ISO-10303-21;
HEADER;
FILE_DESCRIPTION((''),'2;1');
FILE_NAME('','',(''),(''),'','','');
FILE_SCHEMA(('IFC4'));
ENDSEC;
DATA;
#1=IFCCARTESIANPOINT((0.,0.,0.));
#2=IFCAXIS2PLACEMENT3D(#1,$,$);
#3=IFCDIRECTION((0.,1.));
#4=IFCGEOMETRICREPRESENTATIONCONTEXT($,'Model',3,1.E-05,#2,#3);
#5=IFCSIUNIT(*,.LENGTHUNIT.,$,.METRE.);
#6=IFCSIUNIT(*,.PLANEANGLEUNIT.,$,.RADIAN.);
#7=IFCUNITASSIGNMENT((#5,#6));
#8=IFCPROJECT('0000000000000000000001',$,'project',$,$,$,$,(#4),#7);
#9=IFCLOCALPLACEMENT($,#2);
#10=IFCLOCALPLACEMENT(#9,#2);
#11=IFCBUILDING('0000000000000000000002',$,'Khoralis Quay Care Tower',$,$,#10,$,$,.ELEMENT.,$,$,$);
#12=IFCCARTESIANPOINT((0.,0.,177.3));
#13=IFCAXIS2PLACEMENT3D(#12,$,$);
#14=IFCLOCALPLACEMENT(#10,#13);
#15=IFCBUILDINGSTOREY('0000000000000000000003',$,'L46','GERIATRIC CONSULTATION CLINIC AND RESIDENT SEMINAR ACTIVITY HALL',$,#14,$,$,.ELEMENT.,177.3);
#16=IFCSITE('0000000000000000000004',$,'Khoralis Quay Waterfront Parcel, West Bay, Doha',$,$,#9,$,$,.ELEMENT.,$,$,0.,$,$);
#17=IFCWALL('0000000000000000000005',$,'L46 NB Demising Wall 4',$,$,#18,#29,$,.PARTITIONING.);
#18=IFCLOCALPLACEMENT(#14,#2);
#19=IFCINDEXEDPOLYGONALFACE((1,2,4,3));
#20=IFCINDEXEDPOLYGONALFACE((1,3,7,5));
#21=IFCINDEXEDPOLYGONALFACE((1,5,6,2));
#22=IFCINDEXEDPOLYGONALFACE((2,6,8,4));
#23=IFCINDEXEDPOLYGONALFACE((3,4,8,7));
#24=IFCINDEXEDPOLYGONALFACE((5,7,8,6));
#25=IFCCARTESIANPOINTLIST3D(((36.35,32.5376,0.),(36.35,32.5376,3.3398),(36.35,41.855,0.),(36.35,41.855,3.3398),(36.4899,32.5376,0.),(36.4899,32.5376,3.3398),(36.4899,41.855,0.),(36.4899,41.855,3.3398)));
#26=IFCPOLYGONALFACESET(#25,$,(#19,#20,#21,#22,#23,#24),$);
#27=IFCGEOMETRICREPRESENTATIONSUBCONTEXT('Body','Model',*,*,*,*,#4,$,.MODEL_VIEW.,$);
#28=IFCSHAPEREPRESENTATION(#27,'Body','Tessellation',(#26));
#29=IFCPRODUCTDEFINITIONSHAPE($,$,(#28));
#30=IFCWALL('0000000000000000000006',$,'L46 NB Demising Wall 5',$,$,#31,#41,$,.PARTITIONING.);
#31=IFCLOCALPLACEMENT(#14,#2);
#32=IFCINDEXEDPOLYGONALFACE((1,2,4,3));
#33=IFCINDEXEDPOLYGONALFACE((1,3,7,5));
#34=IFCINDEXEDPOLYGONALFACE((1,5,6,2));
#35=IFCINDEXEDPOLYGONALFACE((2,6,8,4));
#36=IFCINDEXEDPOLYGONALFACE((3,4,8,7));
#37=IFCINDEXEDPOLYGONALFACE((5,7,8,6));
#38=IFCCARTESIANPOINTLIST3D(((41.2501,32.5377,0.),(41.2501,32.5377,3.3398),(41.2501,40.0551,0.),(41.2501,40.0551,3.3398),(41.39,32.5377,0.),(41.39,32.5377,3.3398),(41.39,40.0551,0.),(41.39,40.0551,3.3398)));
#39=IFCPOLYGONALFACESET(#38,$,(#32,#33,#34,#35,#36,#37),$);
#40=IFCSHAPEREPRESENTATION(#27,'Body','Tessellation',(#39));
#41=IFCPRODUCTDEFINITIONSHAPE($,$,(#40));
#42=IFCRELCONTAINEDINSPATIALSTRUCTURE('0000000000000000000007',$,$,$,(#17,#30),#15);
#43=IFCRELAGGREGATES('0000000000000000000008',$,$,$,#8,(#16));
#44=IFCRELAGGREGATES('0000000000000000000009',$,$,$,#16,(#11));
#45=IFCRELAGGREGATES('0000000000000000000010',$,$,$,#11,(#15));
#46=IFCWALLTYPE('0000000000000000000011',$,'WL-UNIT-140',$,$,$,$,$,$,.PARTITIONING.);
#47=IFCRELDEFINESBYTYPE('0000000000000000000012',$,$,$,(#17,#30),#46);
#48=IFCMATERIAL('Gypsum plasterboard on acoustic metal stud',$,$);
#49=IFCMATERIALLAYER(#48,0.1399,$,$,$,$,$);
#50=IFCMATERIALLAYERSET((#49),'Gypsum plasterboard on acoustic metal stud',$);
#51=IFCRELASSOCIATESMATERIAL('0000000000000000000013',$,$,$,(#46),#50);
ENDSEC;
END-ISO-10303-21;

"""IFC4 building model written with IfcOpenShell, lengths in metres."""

from ifc_helpers import new_model, si_unit, direction, frame, frame_2d, origin, place, context, subcontext, project, spatial, rectangle, extrude, material, layer, layer_set, type_object, element, save


model = new_model("IFC4")

# Units and contexts
model_context = context("Model", 3, precision=1e-05, world=origin(), true_north=direction((0.0, 1.0)))
body_context = subcontext(model_context, "Body", "Model", "MODEL_VIEW")
ifc_project = project(units=[si_unit("LENGTHUNIT", "METRE"), si_unit("PLANEANGLEUNIT", "RADIAN")], contexts=[model_context])

# Site, building, storey
site_placement = place(None, origin())
site = spatial("IfcSite", under=ifc_project, at=site_placement, Name="Khoralis Quay Waterfront Parcel, West Bay, Doha", CompositionType="ELEMENT", RefElevation=0.0)
building_placement = place(site_placement, origin())
building = spatial("IfcBuilding", under=site, at=building_placement, Name="Khoralis Quay Care Tower", CompositionType="ELEMENT")
storey_placement = place(building_placement, frame((0.0, 0.0, 177.3)))
storey = spatial("IfcBuildingStorey", under=building, at=storey_placement, Name="L46", Description="GERIATRIC CONSULTATION CLINIC AND RESIDENT SEMINAR ACTIVITY HALL", CompositionType="ELEMENT", Elevation=177.3)

# Shared definitions
ifc_material_1 = material(Name="Gypsum plasterboard on acoustic metal stud")

# Walls
ifc_layer_1 = layer(ifc_material_1, 0.1399)
ifc_layer_set_1 = layer_set([ifc_layer_1], Name="Gypsum plasterboard on acoustic metal stud")
wall_type_1 = type_object("IfcWallType", Name="WL-UNIT-140", PredefinedType="PARTITIONING", material=ifc_layer_set_1)
wall_1_placement = place(storey_placement, frame((36.4199, 32.5376, 0.0), z_axis=(0.0, 0.0, 1.0), x_axis=(0.0, 1.0, 0.0)))
element("IfcWall", 1, at=wall_1_placement, inside=storey, type_object=wall_type_1, Name="L46 NB Demising Wall 4", PredefinedType="PARTITIONING", context=body_context, shape_type="SweptSolid", body=[
    extrude(rectangle(XDim=9.3174, YDim=0.1399, at=frame_2d((4.6587, 0.0))), origin(), (0.0, 0.0, 1.0), 3.3398),
])
wall_2_placement = place(storey_placement, frame((41.3201, 32.5376, 0.0), z_axis=(0.0, 0.0, 1.0), x_axis=(0.0, 1.0, 0.0)))
element("IfcWall", 2, at=wall_2_placement, inside=storey, type_object=wall_type_1, Name="L46 NB Demising Wall 5", PredefinedType="PARTITIONING", context=body_context, shape_type="SweptSolid", body=[
    extrude(rectangle(XDim=7.5173, YDim=0.1399, at=frame_2d((3.7588, 0.0))), origin(), (0.0, 0.0, 1.0), 3.3398),
])

save(model, "model.ifc")
